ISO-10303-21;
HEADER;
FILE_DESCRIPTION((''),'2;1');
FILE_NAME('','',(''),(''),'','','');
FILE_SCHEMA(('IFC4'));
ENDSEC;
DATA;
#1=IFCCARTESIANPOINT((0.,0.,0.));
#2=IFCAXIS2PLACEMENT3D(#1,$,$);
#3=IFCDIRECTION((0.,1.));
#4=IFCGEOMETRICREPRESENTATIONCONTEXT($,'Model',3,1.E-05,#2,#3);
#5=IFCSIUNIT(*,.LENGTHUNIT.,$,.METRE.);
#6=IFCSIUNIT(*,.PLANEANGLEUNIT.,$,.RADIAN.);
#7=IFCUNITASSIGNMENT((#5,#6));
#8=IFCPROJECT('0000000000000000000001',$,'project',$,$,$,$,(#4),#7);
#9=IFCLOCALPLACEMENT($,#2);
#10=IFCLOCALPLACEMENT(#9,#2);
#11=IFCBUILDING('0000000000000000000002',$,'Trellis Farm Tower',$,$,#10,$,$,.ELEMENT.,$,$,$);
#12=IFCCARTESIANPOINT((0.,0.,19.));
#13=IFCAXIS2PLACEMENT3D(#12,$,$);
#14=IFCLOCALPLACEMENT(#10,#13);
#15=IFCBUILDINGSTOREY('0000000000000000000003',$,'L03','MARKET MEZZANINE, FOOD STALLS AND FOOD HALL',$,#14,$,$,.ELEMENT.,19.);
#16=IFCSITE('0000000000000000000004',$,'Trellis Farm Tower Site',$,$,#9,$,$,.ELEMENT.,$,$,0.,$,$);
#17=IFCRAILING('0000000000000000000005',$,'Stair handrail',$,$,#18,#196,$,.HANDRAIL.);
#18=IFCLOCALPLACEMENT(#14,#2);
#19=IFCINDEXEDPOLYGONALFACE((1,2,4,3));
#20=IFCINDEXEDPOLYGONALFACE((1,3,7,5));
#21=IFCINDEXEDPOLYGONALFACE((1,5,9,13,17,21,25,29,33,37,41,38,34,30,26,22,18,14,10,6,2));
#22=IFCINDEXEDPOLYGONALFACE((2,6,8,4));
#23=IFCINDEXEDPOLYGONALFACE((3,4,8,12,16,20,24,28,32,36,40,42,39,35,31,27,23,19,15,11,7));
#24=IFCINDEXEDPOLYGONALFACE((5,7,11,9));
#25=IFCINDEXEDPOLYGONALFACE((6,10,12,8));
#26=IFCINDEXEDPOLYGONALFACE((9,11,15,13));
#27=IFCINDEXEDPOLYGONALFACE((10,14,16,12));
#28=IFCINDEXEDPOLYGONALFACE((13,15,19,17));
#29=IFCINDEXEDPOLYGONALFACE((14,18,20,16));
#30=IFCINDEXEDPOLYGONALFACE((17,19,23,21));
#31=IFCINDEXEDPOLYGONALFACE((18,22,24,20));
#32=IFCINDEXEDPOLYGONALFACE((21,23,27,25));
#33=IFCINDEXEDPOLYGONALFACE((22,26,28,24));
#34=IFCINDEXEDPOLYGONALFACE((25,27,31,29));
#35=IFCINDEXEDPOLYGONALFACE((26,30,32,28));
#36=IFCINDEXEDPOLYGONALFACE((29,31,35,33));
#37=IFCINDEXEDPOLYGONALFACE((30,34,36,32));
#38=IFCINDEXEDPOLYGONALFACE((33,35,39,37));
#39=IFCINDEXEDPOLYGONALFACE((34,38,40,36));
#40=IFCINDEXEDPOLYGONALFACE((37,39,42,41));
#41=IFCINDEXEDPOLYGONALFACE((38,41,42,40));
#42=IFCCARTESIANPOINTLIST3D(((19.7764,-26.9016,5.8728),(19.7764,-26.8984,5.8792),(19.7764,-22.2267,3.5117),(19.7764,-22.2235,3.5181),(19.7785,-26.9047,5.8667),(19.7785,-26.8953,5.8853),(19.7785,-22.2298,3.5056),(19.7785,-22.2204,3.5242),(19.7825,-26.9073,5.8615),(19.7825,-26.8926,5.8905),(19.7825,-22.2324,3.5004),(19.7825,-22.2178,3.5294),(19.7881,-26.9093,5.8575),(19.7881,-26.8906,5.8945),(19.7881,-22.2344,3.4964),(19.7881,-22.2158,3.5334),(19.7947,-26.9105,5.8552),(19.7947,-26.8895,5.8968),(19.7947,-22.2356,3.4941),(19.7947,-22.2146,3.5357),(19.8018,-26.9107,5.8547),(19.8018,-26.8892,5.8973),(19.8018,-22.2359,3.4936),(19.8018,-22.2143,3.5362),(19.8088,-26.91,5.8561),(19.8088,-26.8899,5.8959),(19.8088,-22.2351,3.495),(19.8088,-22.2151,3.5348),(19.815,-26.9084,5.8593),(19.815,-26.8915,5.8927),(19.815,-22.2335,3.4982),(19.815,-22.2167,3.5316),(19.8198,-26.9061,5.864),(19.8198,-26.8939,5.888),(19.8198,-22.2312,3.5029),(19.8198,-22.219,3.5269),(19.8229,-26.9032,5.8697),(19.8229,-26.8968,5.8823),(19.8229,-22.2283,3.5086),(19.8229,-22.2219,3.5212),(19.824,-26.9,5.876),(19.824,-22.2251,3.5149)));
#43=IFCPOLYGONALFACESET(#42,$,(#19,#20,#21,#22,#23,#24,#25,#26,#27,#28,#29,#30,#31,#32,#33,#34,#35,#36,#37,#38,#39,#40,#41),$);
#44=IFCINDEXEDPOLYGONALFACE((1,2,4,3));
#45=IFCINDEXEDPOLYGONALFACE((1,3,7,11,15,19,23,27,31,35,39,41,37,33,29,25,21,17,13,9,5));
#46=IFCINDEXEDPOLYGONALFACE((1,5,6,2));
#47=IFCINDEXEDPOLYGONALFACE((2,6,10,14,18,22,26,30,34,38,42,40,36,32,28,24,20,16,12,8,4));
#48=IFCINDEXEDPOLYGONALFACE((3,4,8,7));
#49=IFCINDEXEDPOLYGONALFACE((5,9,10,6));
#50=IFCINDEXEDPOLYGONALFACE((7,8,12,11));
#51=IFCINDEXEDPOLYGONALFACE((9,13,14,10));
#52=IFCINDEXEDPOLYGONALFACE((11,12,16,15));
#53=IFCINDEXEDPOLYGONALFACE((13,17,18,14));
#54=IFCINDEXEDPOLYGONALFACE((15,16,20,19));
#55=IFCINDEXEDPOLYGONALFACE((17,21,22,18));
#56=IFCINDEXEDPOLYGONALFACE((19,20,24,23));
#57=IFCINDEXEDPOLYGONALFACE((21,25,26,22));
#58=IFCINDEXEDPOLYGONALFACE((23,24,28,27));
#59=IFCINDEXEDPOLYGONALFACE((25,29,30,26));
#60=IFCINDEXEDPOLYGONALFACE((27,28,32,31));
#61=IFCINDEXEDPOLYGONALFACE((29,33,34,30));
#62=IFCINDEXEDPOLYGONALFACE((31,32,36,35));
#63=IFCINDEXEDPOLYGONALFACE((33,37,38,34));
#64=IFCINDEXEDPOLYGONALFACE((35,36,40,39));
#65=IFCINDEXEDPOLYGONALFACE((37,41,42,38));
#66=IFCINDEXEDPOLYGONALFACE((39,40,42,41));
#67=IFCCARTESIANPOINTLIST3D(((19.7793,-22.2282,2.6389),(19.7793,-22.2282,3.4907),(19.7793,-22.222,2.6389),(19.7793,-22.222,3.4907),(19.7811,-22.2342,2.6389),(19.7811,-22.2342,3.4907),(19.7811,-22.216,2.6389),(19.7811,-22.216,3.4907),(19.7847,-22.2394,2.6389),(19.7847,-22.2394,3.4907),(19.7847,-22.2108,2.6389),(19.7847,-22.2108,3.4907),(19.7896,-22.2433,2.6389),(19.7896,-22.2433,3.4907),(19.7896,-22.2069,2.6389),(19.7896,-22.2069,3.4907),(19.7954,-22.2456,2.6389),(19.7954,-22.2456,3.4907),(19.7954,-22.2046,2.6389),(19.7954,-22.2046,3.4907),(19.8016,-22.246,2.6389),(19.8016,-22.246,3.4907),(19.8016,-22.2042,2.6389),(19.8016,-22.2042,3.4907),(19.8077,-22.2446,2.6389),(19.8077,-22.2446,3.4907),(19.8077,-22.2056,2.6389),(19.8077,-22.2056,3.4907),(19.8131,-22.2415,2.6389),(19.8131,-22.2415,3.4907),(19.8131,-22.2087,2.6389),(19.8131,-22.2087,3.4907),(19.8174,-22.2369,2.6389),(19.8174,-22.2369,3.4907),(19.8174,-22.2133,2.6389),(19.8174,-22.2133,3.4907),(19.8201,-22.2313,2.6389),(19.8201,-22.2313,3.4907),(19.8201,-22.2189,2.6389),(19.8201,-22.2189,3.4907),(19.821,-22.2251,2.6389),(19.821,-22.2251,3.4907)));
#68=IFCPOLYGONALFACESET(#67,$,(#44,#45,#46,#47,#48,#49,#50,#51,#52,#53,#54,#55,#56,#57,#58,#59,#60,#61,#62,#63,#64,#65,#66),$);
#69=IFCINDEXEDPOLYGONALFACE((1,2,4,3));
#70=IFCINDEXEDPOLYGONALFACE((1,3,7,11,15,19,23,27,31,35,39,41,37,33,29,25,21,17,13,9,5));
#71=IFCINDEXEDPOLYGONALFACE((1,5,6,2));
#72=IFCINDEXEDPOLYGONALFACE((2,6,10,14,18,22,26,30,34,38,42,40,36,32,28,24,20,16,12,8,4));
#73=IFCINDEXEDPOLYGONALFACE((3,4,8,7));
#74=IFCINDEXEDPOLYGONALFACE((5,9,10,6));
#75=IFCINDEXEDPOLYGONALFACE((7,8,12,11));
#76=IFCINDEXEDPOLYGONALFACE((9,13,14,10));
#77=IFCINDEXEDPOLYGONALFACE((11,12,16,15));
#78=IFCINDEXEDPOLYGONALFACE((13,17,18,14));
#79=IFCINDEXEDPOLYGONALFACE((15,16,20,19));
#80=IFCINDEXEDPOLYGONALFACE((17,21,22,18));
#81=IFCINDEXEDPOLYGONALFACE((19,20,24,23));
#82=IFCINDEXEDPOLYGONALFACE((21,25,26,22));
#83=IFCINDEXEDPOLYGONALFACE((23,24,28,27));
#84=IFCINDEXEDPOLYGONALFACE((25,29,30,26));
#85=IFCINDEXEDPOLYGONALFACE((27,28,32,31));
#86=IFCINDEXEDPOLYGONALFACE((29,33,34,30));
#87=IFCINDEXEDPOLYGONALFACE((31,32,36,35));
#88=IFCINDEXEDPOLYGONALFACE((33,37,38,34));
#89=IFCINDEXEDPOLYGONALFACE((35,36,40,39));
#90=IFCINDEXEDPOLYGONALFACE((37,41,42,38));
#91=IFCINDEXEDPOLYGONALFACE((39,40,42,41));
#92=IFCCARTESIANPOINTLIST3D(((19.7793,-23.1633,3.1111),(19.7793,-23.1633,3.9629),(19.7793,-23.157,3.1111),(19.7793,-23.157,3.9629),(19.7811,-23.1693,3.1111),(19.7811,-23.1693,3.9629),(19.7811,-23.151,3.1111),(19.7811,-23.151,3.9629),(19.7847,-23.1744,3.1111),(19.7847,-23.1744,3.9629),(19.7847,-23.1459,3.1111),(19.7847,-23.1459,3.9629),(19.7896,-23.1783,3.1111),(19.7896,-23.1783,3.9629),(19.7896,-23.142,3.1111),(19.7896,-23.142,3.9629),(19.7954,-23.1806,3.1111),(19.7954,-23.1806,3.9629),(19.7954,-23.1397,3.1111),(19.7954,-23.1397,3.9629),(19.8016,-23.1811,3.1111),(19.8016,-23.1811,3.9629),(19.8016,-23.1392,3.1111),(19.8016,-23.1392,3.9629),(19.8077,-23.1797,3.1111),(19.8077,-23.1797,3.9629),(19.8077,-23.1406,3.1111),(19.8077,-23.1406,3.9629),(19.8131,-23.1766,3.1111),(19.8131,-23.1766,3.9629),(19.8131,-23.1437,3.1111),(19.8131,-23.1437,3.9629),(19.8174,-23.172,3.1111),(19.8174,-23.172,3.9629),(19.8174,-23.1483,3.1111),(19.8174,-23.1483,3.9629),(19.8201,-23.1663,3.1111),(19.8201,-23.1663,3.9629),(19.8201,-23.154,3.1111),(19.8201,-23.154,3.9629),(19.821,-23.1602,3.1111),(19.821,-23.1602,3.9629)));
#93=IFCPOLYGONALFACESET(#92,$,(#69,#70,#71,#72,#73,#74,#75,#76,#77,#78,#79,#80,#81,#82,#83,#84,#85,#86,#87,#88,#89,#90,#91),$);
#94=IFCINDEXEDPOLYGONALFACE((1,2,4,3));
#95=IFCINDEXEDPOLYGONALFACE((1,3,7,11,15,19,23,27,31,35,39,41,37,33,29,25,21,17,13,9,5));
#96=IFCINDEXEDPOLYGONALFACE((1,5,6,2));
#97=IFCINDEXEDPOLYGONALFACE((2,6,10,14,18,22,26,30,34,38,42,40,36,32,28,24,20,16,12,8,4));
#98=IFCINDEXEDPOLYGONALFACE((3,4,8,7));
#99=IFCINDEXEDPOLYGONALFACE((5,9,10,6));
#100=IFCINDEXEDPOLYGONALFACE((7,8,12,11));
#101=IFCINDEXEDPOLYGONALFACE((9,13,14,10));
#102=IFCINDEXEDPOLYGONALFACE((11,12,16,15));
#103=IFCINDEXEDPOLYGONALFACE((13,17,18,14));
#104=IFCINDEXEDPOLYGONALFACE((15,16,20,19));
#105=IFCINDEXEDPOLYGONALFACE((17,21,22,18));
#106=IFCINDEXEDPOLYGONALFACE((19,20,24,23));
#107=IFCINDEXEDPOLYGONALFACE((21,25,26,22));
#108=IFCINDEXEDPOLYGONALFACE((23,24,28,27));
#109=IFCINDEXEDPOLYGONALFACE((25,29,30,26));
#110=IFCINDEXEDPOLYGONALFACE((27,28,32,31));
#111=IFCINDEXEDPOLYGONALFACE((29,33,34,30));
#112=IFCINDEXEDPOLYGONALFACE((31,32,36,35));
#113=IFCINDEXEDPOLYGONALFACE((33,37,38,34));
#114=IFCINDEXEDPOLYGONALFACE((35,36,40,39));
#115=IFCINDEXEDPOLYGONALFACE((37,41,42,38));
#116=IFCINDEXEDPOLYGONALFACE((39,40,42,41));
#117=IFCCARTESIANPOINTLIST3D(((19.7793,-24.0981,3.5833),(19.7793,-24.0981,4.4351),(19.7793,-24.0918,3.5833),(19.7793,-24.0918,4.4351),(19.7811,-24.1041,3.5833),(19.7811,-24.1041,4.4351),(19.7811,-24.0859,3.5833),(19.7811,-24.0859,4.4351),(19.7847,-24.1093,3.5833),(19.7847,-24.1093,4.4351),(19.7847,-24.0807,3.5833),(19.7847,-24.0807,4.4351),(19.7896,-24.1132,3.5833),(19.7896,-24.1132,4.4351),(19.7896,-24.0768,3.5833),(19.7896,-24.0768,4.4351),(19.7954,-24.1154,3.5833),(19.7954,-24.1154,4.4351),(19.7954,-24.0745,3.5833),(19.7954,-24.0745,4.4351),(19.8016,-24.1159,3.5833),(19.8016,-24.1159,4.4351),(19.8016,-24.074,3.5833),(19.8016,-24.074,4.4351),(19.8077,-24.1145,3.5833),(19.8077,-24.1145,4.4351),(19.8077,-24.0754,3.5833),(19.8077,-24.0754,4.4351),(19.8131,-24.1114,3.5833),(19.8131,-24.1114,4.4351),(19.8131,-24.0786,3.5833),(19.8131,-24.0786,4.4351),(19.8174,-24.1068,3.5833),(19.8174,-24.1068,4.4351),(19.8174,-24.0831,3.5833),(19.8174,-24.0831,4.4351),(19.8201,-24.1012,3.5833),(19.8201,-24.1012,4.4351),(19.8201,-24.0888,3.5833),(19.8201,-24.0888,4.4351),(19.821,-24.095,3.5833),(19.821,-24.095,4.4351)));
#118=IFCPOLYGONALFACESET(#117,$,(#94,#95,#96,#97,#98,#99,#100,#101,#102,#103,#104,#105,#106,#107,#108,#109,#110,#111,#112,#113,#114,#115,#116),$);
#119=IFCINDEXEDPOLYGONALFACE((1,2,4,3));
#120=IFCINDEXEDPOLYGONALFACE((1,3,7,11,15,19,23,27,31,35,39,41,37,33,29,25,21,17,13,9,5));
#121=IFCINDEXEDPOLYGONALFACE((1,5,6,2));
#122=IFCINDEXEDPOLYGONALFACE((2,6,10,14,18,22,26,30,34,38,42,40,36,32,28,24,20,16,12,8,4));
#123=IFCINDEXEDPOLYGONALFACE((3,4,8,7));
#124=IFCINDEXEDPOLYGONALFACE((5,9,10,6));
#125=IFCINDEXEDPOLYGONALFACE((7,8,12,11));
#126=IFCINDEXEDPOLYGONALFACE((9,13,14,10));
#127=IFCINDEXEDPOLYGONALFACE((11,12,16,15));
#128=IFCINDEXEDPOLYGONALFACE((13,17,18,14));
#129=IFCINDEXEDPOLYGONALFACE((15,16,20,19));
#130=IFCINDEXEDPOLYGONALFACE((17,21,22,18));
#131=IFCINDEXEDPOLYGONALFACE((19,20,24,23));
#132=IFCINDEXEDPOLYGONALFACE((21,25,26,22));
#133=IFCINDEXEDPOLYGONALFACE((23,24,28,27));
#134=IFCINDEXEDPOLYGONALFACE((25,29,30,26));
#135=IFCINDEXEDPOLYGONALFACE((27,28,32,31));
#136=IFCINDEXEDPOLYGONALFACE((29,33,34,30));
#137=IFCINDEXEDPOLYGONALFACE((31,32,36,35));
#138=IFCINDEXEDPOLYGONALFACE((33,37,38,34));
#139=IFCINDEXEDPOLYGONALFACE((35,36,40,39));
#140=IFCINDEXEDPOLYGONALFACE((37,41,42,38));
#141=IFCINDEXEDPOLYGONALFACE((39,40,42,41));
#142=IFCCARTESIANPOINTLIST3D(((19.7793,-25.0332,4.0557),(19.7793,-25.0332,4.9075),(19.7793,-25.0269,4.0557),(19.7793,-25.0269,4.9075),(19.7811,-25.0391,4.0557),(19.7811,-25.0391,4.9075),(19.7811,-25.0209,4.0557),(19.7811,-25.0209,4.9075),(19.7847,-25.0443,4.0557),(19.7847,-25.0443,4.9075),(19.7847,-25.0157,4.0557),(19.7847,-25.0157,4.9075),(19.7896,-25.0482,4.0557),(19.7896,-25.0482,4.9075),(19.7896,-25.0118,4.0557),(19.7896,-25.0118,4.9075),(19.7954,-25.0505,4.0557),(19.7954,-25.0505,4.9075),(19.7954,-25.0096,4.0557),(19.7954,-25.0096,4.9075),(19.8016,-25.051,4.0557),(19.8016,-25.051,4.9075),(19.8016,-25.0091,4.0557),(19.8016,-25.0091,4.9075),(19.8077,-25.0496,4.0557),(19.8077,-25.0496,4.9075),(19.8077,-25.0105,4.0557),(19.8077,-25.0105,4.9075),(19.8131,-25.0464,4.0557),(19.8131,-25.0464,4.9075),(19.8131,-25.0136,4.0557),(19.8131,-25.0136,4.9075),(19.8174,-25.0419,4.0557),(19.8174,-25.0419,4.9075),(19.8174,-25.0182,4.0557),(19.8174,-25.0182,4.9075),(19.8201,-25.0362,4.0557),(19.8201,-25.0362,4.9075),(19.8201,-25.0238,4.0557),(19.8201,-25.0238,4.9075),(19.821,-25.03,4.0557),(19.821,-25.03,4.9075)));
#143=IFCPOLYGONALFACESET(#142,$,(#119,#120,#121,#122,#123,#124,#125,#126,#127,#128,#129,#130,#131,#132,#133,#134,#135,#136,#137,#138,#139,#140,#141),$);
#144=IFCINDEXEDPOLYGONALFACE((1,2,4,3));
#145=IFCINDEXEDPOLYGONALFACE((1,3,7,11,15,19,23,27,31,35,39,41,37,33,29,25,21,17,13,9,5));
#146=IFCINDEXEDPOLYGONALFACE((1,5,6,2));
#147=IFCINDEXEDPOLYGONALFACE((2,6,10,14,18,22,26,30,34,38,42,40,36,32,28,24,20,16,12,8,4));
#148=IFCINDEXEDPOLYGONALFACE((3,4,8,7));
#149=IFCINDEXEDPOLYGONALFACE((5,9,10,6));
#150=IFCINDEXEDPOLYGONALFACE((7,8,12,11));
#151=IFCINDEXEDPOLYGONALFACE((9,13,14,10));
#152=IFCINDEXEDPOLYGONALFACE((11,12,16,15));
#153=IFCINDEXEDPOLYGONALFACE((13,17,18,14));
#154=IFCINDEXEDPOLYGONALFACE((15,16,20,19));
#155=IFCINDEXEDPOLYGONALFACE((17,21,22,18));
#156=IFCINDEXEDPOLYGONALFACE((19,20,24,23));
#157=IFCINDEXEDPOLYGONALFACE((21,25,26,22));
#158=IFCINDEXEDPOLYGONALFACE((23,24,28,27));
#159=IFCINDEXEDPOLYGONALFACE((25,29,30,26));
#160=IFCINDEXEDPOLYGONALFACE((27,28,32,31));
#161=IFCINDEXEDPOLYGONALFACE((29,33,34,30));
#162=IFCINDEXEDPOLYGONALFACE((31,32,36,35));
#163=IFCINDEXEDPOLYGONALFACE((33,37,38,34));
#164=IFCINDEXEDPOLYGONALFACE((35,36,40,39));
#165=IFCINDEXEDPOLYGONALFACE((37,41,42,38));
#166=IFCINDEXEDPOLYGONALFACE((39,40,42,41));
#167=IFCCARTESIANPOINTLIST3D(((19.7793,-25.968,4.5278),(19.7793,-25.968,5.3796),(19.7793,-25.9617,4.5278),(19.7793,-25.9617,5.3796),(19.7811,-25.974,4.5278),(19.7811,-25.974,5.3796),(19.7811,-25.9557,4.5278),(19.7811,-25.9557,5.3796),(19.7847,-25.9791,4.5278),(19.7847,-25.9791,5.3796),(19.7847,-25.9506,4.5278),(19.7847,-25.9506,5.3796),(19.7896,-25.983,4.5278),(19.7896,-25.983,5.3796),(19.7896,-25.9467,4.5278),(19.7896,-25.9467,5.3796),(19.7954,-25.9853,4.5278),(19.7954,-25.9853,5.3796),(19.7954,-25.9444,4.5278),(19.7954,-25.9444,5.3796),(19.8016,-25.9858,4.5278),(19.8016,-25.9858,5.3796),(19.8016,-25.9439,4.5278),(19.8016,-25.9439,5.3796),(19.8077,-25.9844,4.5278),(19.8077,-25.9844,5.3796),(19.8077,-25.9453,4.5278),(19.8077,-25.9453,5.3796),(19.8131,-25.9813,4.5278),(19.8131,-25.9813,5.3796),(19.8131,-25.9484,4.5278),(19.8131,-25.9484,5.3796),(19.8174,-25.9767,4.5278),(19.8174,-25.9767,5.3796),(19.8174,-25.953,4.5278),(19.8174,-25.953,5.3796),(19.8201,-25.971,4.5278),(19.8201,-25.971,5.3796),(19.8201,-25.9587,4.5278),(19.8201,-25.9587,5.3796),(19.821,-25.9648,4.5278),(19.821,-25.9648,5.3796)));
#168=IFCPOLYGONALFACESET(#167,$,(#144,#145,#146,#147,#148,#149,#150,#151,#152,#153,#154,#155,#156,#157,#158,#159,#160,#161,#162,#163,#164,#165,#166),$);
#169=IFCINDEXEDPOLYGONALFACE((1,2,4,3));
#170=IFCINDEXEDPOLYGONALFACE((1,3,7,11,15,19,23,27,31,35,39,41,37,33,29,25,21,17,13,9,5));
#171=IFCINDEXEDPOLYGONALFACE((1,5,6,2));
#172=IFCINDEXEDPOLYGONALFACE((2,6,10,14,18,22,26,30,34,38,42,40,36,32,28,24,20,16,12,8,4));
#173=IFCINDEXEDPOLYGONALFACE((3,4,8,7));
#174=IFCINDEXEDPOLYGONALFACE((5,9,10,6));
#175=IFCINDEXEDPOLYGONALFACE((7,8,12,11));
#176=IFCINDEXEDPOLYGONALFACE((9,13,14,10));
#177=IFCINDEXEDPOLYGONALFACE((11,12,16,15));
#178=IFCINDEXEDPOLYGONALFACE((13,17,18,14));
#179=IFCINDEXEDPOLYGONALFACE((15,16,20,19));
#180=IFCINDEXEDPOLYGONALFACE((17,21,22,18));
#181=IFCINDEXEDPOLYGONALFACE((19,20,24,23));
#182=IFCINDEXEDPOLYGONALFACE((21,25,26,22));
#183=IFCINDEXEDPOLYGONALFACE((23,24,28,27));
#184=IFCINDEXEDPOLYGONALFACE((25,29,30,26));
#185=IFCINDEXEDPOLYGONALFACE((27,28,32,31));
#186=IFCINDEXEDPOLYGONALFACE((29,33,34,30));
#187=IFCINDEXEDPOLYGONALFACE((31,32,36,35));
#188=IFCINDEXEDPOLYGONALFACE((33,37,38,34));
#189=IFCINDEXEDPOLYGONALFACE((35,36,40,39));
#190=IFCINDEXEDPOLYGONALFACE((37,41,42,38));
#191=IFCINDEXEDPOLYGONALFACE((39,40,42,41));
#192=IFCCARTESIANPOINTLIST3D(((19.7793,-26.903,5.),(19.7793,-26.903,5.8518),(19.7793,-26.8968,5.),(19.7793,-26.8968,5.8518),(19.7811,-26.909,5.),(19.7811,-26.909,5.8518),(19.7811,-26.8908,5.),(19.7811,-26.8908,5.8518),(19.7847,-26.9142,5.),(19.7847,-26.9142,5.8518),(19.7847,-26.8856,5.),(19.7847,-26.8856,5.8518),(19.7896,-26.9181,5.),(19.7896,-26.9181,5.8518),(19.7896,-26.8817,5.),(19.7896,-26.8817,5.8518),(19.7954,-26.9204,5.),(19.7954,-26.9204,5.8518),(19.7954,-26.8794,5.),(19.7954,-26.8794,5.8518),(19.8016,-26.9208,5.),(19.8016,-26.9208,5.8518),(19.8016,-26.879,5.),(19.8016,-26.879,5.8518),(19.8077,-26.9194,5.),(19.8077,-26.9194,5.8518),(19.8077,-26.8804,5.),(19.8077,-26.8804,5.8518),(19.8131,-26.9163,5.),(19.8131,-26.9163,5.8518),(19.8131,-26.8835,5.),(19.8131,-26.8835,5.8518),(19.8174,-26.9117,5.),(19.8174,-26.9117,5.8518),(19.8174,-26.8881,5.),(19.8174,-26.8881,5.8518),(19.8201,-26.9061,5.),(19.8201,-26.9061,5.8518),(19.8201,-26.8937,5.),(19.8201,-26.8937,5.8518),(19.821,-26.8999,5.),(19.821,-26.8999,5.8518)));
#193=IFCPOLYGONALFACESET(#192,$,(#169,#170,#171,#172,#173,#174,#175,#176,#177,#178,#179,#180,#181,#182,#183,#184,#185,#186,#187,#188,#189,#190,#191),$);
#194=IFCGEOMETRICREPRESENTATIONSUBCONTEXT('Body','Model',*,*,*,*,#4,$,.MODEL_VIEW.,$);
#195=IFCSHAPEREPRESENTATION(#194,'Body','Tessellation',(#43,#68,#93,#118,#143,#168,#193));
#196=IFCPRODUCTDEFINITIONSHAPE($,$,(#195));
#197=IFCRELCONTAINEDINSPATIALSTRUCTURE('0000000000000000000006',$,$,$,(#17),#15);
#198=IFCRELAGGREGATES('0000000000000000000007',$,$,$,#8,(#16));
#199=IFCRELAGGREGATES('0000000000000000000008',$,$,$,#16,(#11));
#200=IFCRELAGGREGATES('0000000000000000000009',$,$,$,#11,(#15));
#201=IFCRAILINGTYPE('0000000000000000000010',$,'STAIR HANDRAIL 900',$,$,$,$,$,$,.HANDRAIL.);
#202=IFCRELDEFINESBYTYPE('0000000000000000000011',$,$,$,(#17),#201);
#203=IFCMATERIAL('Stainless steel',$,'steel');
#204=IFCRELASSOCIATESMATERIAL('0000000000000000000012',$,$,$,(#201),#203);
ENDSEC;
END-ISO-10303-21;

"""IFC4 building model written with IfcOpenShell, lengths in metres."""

from ifc_helpers import new_model, si_unit, direction, frame, origin, origin_2d, place, context, subcontext, project, spatial, circle, extrude, source, transform, mapped, material, type_object, element, save


model = new_model("IFC4")

# Units and contexts
model_context = context("Model", 3, precision=1e-05, world=origin(), true_north=direction((0.0, 1.0)))
body_context = subcontext(model_context, "Body", "Model", "MODEL_VIEW")
ifc_project = project(units=[si_unit("LENGTHUNIT", "METRE"), si_unit("PLANEANGLEUNIT", "RADIAN")], contexts=[model_context])

# Site, building, storey
site_placement = place(None, origin())
site = spatial("IfcSite", under=ifc_project, at=site_placement, Name="Trellis Farm Tower Site", CompositionType="ELEMENT", RefElevation=0.0)
building_placement = place(site_placement, origin())
building = spatial("IfcBuilding", under=site, at=building_placement, Name="Trellis Farm Tower", CompositionType="ELEMENT")
storey_placement = place(building_placement, frame((0.0, 0.0, 19.0)))
storey = spatial("IfcBuildingStorey", under=building, at=storey_placement, Name="L03", Description="MARKET MEZZANINE, FOOD STALLS AND FOOD HALL", CompositionType="ELEMENT", Elevation=19.0)

# Railing
ifc_material_1 = material(Name="Stainless steel", Category="steel")
railing_type = type_object("IfcRailingType", Name="STAIR HANDRAIL 900", PredefinedType="HANDRAIL", material=ifc_material_1)
shared_shape_1 = source(origin(), body_context, "Body", "SweptSolid", [
    extrude(circle(Radius=0.0239, at=origin_2d()), frame((0.0, 0.0, 0.876), z_axis=(0.0, -0.892611, 0.450827), x_axis=(1.0, 0.0, 0.0)), (0.0, 0.0, 1.0), 5.2373),
    extrude(circle(Radius=0.021, at=origin_2d()), origin(), (0.0, 0.0, 1.0), 0.8518),
    extrude(circle(Radius=0.021, at=origin_2d()), frame((0.0, -0.9351, 0.4722)), (0.0, 0.0, 1.0), 0.8518),
    extrude(circle(Radius=0.021, at=origin_2d()), frame((0.0, -1.8699, 0.9443)), (0.0, 0.0, 1.0), 0.8518),
    extrude(circle(Radius=0.021, at=origin_2d()), frame((0.0, -2.8049, 1.4167)), (0.0, 0.0, 1.0), 0.8518),
    extrude(circle(Radius=0.021, at=origin_2d()), frame((0.0, -3.7397, 1.8889)), (0.0, 0.0, 1.0), 0.8518),
    extrude(circle(Radius=0.021, at=origin_2d()), frame((0.0, -4.6748, 2.3611)), (0.0, 0.0, 1.0), 0.8518),
])
for number, where, name in (
    (1, (19.8, -22.2251, 2.6389), "Stair handrail"),
):
    element("IfcRailing", number, at=place(storey_placement, frame(where)), inside=storey, type_object=railing_type, Name=name, PredefinedType="HANDRAIL", context=body_context, shape_type="MappedRepresentation", body=[
        mapped(shared_shape_1, transform((0.0, 0.0, 0.0))),
    ])

save(model, "model.ifc")
